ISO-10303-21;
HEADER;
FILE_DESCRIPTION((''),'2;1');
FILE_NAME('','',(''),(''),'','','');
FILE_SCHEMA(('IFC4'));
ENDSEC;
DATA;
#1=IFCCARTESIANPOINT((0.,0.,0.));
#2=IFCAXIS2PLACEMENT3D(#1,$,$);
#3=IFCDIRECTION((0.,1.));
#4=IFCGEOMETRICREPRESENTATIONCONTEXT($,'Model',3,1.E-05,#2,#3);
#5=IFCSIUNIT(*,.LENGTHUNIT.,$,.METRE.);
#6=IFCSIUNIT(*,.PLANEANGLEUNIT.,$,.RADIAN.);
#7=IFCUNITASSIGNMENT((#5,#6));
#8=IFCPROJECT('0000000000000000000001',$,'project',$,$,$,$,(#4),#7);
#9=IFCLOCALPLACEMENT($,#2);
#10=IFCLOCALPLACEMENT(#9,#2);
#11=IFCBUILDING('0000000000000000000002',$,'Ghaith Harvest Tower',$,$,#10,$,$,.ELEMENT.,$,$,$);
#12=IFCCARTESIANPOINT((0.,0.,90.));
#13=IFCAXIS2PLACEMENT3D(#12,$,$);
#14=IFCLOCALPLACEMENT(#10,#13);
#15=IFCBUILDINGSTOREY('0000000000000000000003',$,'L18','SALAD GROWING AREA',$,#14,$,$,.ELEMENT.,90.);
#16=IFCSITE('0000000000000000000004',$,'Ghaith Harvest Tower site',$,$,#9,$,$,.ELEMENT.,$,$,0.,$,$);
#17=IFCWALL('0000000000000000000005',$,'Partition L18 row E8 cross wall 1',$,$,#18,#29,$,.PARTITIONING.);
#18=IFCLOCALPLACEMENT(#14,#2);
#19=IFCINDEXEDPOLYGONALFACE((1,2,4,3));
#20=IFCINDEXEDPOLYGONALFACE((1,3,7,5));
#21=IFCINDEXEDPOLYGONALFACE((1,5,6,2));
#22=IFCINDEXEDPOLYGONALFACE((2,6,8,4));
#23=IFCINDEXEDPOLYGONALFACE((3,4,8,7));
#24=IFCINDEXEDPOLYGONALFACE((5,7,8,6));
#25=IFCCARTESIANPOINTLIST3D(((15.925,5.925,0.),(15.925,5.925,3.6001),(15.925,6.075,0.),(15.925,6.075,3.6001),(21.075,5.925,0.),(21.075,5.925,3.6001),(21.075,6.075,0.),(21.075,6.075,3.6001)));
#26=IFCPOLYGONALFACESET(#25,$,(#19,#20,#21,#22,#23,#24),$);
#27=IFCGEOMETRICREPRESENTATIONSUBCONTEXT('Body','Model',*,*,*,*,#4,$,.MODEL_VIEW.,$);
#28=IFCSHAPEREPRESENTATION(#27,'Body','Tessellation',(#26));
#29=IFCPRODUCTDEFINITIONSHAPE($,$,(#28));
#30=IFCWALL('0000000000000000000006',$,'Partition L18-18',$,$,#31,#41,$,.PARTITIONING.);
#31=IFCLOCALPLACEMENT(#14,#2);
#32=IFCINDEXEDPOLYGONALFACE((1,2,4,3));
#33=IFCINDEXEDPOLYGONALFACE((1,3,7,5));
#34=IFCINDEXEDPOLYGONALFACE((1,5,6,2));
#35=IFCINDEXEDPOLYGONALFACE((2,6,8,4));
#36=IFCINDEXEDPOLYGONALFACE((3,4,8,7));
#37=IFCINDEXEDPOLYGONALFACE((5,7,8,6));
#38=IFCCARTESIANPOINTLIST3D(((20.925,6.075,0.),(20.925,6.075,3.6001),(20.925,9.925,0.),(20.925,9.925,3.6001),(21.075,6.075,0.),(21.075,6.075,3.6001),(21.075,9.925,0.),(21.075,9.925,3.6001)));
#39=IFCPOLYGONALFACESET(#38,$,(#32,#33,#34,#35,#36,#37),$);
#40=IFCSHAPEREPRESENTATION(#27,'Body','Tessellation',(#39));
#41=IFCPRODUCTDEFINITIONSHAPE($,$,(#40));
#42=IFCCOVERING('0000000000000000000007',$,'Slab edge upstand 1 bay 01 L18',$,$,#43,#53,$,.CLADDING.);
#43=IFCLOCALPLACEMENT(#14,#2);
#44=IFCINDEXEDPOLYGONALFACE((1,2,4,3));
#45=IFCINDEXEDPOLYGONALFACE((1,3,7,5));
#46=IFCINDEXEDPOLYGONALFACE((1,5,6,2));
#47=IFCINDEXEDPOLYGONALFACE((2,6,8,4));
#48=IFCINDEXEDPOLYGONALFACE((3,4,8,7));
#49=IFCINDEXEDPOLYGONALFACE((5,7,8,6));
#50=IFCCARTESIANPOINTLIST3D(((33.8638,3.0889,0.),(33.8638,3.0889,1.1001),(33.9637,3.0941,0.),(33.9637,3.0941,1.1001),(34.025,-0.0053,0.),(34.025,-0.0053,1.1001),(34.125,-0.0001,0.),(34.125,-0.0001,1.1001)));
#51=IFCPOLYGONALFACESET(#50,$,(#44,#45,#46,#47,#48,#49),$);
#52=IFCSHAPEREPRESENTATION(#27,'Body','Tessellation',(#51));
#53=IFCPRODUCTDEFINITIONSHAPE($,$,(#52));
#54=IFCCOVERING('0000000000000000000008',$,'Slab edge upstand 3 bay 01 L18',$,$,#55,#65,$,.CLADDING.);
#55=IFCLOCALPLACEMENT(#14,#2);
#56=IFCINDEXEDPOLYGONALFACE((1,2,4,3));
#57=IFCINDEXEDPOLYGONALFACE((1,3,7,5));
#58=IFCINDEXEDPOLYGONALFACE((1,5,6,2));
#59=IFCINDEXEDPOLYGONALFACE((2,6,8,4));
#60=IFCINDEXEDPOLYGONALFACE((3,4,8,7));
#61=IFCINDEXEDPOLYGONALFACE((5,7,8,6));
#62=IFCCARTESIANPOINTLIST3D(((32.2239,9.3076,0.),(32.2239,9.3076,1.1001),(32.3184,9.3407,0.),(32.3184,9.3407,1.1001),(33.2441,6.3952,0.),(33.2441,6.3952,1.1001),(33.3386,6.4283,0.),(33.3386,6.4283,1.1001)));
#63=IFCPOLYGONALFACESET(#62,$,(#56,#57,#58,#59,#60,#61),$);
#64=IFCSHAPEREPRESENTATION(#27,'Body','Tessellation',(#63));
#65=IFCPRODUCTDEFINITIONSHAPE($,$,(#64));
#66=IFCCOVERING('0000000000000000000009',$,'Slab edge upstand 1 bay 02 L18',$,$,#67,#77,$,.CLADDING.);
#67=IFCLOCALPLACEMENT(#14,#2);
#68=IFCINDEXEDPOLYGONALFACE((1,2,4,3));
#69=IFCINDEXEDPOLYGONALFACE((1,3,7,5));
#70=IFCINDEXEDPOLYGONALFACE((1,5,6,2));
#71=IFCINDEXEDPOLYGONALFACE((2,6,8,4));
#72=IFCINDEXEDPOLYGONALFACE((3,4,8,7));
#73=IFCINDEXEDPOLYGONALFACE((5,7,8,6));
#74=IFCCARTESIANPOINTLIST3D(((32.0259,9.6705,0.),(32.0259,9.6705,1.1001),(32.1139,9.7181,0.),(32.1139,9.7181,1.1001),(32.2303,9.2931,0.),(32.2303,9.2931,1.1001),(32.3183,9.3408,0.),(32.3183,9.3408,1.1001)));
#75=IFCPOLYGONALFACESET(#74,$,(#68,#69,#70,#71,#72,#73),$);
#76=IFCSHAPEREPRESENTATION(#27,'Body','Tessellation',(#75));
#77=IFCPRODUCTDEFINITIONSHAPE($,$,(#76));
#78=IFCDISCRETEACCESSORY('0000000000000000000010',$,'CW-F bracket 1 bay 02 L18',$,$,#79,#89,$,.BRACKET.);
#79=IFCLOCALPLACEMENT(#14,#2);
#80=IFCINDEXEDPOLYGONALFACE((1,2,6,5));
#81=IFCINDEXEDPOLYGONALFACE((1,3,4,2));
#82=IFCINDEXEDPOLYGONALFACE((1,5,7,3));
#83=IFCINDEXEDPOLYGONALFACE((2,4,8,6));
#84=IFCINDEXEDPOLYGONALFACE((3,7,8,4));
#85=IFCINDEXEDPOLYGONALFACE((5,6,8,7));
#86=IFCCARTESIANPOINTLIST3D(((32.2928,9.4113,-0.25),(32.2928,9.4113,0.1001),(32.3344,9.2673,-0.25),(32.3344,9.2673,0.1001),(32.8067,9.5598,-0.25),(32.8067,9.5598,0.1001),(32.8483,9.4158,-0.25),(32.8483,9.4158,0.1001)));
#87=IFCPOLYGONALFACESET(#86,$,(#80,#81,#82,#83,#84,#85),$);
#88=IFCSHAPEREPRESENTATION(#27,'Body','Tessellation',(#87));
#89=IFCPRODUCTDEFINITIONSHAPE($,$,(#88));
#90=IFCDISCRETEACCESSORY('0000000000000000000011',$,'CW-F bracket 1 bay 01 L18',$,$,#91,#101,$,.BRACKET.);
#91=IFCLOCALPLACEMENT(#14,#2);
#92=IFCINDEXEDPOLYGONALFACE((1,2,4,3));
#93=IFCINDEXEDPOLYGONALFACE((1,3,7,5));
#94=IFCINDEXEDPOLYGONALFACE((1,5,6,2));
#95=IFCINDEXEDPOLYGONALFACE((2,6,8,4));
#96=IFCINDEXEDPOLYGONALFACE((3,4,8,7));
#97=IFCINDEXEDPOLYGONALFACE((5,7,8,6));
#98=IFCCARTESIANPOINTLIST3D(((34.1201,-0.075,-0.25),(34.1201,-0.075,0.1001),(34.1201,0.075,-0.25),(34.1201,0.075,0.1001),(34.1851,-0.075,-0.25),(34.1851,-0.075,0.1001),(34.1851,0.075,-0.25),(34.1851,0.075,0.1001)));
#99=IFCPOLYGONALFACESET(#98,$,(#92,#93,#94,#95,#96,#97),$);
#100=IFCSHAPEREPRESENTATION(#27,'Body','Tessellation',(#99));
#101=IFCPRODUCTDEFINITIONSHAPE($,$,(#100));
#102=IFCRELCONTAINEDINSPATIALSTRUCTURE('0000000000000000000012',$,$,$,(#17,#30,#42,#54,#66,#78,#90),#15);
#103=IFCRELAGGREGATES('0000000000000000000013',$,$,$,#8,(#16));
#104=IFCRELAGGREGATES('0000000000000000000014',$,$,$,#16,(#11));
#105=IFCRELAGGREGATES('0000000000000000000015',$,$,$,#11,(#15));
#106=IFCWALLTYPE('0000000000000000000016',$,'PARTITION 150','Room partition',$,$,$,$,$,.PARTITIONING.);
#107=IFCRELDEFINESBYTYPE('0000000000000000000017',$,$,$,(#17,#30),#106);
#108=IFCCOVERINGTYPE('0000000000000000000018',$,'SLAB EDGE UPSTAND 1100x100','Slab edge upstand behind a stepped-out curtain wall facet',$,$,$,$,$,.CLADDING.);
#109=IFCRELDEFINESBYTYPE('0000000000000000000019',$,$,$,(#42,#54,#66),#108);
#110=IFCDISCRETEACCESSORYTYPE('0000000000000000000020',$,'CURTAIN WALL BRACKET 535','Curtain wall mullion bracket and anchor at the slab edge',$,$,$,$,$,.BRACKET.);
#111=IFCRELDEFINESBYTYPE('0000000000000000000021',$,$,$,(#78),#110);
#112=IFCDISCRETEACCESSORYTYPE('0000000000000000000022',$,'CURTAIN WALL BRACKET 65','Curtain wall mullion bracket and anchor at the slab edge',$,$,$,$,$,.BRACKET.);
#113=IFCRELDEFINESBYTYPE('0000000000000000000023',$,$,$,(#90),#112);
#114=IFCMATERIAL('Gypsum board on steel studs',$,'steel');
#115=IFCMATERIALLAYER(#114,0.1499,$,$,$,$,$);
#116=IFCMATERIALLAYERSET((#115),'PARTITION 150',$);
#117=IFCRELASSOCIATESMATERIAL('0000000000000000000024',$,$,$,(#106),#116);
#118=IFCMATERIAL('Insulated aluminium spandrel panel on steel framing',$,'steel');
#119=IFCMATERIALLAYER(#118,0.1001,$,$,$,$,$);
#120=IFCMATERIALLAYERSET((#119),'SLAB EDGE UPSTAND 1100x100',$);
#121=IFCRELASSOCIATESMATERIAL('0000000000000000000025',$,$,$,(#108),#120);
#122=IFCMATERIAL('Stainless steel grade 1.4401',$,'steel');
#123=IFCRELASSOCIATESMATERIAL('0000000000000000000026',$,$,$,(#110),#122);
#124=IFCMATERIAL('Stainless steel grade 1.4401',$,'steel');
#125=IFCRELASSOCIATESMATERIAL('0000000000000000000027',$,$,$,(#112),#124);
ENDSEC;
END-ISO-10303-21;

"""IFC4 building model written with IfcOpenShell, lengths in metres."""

from ifc_helpers import new_model, si_unit, direction, frame, frame_2d, origin, origin_2d, place, context, subcontext, project, spatial, rectangle, extrude, material, layer, layer_set, type_object, element, save


model = new_model("IFC4")

# Units and contexts
model_context = context("Model", 3, precision=1e-05, world=origin(), true_north=direction((0.0, 1.0)))
body_context = subcontext(model_context, "Body", "Model", "MODEL_VIEW")
ifc_project = project(units=[si_unit("LENGTHUNIT", "METRE"), si_unit("PLANEANGLEUNIT", "RADIAN")], contexts=[model_context])

# Site, building, storey
site_placement = place(None, origin())
site = spatial("IfcSite", under=ifc_project, at=site_placement, Name="Ghaith Harvest Tower site", CompositionType="ELEMENT", RefElevation=0.0)
building_placement = place(site_placement, origin())
building = spatial("IfcBuilding", under=site, at=building_placement, Name="Ghaith Harvest Tower", CompositionType="ELEMENT")
storey_placement = place(building_placement, frame((0.0, 0.0, 90.0)))
storey = spatial("IfcBuildingStorey", under=building, at=storey_placement, Name="L18", Description="SALAD GROWING AREA", CompositionType="ELEMENT", Elevation=90.0)

# Wall
ifc_material_1 = material(Name="Gypsum board on steel studs", Category="steel")
ifc_layer_1 = layer(ifc_material_1, 0.1499)
ifc_layer_set_1 = layer_set([ifc_layer_1], Name="PARTITION 150")
wall_type_1 = type_object("IfcWallType", Name="PARTITION 150", Description="Room partition", PredefinedType="PARTITIONING", material=ifc_layer_set_1)
wall_1_placement = place(storey_placement, frame((15.925, 6.0, 0.0), z_axis=(0.0, 0.0, 1.0), x_axis=(1.0, 0.0, 0.0)))
element("IfcWall", 1, at=wall_1_placement, inside=storey, type_object=wall_type_1, Name="Partition L18 row E8 cross wall 1", PredefinedType="PARTITIONING", context=body_context, shape_type="SweptSolid", body=[
    extrude(rectangle(XDim=5.1499, YDim=0.1499, at=frame_2d((2.575, 0.0))), origin(), (0.0, 0.0, 1.0), 3.6001),
])

# Wall
wall_2_placement = place(storey_placement, frame((21.0, 6.075, 0.0), z_axis=(0.0, 0.0, 1.0), x_axis=(0.0, 1.0, 0.0)))
element("IfcWall", 2, at=wall_2_placement, inside=storey, type_object=wall_type_1, Name="Partition L18-18", PredefinedType="PARTITIONING", context=body_context, shape_type="SweptSolid", body=[
    extrude(rectangle(XDim=3.8501, YDim=0.1499, at=frame_2d((1.925, 0.0))), origin(), (0.0, 0.0, 1.0), 3.6001),
])

# Coverings
ifc_material_2 = material(Name="Insulated aluminium spandrel panel on steel framing", Category="steel")
ifc_layer_2 = layer(ifc_material_2, 0.1001)
ifc_layer_set_2 = layer_set([ifc_layer_2], Name="SLAB EDGE UPSTAND 1100x100")
covering_type = type_object("IfcCoveringType", Name="SLAB EDGE UPSTAND 1100x100", Description="Slab edge upstand behind a stepped-out curtain wall facet", PredefinedType="CLADDING", material=ifc_layer_set_2)
covering_1_placement = place(storey_placement, frame((33.9944, 1.5444, 0.0), z_axis=(0.0, 0.0, 1.0), x_axis=(-0.052049, 0.998645, 0.0)))
element("IfcCovering", 3, at=covering_1_placement, inside=storey, type_object=covering_type, Name="Slab edge upstand 1 bay 01 L18", PredefinedType="CLADDING", context=body_context, shape_type="SweptSolid", body=[
    extrude(rectangle(XDim=3.0984, YDim=0.1001, at=origin_2d()), origin(), (0.0, 0.0, 1.0), 1.1001),
])
covering_2_placement = place(storey_placement, frame((32.7812, 7.8679, 0.0), z_axis=(0.0, 0.0, 1.0), x_axis=(-0.330598, 0.943772, 0.0)))
element("IfcCovering", 4, at=covering_2_placement, inside=storey, type_object=covering_type, Name="Slab edge upstand 3 bay 01 L18", PredefinedType="CLADDING", context=body_context, shape_type="SweptSolid", body=[
    extrude(rectangle(XDim=3.0859, YDim=0.1001, at=origin_2d()), origin(), (0.0, 0.0, 1.0), 1.1001),
])
covering_3_placement = place(storey_placement, frame((32.1721, 9.5056, 0.0), z_axis=(0.0, 0.0, 1.0), x_axis=(-0.476349, 0.879256, 0.0)))
element("IfcCovering", 5, at=covering_3_placement, inside=storey, type_object=covering_type, Name="Slab edge upstand 1 bay 02 L18", PredefinedType="CLADDING", context=body_context, shape_type="SweptSolid", body=[
    extrude(rectangle(XDim=0.4292, YDim=0.1001, at=origin_2d()), origin(), (0.0, 0.0, 1.0), 1.1001),
])

# Discrete accessories
ifc_material_3 = material(Name="Stainless steel grade 1.4401", Category="steel")
discrete_accessory_type_1 = type_object("IfcDiscreteAccessoryType", Name="CURTAIN WALL BRACKET 535", Description="Curtain wall mullion bracket and anchor at the slab edge", PredefinedType="BRACKET", material=ifc_material_3)
discrete_accessory_1_placement = place(storey_placement, frame((32.5706, 9.4136, -0.25), z_axis=(0.0, 0.0, 1.0), x_axis=(0.96068, 0.277657, 0.0)))
element("IfcDiscreteAccessory", 6, at=discrete_accessory_1_placement, inside=storey, type_object=discrete_accessory_type_1, Name="CW-F bracket 1 bay 02 L18", PredefinedType="BRACKET", context=body_context, shape_type="SweptSolid", body=[
    extrude(rectangle(XDim=0.5349, YDim=0.1499, at=origin_2d()), origin(), (0.0, 0.0, 1.0), 0.3501),
])
ifc_material_4 = material(Name="Stainless steel grade 1.4401", Category="steel")
discrete_accessory_type_2 = type_object("IfcDiscreteAccessoryType", Name="CURTAIN WALL BRACKET 65", Description="Curtain wall mullion bracket and anchor at the slab edge", PredefinedType="BRACKET", material=ifc_material_4)
discrete_accessory_2_placement = place(storey_placement, frame((34.1526, 0.0, -0.25), z_axis=(0.0, 0.0, 1.0), x_axis=(1.0, 0.0, 0.0)))
element("IfcDiscreteAccessory", 7, at=discrete_accessory_2_placement, inside=storey, type_object=discrete_accessory_type_2, Name="CW-F bracket 1 bay 01 L18", PredefinedType="BRACKET", context=body_context, shape_type="SweptSolid", body=[
    extrude(rectangle(XDim=0.0649, YDim=0.1499, at=origin_2d()), origin(), (0.0, 0.0, 1.0), 0.3501),
])

save(model, "model.ifc")
